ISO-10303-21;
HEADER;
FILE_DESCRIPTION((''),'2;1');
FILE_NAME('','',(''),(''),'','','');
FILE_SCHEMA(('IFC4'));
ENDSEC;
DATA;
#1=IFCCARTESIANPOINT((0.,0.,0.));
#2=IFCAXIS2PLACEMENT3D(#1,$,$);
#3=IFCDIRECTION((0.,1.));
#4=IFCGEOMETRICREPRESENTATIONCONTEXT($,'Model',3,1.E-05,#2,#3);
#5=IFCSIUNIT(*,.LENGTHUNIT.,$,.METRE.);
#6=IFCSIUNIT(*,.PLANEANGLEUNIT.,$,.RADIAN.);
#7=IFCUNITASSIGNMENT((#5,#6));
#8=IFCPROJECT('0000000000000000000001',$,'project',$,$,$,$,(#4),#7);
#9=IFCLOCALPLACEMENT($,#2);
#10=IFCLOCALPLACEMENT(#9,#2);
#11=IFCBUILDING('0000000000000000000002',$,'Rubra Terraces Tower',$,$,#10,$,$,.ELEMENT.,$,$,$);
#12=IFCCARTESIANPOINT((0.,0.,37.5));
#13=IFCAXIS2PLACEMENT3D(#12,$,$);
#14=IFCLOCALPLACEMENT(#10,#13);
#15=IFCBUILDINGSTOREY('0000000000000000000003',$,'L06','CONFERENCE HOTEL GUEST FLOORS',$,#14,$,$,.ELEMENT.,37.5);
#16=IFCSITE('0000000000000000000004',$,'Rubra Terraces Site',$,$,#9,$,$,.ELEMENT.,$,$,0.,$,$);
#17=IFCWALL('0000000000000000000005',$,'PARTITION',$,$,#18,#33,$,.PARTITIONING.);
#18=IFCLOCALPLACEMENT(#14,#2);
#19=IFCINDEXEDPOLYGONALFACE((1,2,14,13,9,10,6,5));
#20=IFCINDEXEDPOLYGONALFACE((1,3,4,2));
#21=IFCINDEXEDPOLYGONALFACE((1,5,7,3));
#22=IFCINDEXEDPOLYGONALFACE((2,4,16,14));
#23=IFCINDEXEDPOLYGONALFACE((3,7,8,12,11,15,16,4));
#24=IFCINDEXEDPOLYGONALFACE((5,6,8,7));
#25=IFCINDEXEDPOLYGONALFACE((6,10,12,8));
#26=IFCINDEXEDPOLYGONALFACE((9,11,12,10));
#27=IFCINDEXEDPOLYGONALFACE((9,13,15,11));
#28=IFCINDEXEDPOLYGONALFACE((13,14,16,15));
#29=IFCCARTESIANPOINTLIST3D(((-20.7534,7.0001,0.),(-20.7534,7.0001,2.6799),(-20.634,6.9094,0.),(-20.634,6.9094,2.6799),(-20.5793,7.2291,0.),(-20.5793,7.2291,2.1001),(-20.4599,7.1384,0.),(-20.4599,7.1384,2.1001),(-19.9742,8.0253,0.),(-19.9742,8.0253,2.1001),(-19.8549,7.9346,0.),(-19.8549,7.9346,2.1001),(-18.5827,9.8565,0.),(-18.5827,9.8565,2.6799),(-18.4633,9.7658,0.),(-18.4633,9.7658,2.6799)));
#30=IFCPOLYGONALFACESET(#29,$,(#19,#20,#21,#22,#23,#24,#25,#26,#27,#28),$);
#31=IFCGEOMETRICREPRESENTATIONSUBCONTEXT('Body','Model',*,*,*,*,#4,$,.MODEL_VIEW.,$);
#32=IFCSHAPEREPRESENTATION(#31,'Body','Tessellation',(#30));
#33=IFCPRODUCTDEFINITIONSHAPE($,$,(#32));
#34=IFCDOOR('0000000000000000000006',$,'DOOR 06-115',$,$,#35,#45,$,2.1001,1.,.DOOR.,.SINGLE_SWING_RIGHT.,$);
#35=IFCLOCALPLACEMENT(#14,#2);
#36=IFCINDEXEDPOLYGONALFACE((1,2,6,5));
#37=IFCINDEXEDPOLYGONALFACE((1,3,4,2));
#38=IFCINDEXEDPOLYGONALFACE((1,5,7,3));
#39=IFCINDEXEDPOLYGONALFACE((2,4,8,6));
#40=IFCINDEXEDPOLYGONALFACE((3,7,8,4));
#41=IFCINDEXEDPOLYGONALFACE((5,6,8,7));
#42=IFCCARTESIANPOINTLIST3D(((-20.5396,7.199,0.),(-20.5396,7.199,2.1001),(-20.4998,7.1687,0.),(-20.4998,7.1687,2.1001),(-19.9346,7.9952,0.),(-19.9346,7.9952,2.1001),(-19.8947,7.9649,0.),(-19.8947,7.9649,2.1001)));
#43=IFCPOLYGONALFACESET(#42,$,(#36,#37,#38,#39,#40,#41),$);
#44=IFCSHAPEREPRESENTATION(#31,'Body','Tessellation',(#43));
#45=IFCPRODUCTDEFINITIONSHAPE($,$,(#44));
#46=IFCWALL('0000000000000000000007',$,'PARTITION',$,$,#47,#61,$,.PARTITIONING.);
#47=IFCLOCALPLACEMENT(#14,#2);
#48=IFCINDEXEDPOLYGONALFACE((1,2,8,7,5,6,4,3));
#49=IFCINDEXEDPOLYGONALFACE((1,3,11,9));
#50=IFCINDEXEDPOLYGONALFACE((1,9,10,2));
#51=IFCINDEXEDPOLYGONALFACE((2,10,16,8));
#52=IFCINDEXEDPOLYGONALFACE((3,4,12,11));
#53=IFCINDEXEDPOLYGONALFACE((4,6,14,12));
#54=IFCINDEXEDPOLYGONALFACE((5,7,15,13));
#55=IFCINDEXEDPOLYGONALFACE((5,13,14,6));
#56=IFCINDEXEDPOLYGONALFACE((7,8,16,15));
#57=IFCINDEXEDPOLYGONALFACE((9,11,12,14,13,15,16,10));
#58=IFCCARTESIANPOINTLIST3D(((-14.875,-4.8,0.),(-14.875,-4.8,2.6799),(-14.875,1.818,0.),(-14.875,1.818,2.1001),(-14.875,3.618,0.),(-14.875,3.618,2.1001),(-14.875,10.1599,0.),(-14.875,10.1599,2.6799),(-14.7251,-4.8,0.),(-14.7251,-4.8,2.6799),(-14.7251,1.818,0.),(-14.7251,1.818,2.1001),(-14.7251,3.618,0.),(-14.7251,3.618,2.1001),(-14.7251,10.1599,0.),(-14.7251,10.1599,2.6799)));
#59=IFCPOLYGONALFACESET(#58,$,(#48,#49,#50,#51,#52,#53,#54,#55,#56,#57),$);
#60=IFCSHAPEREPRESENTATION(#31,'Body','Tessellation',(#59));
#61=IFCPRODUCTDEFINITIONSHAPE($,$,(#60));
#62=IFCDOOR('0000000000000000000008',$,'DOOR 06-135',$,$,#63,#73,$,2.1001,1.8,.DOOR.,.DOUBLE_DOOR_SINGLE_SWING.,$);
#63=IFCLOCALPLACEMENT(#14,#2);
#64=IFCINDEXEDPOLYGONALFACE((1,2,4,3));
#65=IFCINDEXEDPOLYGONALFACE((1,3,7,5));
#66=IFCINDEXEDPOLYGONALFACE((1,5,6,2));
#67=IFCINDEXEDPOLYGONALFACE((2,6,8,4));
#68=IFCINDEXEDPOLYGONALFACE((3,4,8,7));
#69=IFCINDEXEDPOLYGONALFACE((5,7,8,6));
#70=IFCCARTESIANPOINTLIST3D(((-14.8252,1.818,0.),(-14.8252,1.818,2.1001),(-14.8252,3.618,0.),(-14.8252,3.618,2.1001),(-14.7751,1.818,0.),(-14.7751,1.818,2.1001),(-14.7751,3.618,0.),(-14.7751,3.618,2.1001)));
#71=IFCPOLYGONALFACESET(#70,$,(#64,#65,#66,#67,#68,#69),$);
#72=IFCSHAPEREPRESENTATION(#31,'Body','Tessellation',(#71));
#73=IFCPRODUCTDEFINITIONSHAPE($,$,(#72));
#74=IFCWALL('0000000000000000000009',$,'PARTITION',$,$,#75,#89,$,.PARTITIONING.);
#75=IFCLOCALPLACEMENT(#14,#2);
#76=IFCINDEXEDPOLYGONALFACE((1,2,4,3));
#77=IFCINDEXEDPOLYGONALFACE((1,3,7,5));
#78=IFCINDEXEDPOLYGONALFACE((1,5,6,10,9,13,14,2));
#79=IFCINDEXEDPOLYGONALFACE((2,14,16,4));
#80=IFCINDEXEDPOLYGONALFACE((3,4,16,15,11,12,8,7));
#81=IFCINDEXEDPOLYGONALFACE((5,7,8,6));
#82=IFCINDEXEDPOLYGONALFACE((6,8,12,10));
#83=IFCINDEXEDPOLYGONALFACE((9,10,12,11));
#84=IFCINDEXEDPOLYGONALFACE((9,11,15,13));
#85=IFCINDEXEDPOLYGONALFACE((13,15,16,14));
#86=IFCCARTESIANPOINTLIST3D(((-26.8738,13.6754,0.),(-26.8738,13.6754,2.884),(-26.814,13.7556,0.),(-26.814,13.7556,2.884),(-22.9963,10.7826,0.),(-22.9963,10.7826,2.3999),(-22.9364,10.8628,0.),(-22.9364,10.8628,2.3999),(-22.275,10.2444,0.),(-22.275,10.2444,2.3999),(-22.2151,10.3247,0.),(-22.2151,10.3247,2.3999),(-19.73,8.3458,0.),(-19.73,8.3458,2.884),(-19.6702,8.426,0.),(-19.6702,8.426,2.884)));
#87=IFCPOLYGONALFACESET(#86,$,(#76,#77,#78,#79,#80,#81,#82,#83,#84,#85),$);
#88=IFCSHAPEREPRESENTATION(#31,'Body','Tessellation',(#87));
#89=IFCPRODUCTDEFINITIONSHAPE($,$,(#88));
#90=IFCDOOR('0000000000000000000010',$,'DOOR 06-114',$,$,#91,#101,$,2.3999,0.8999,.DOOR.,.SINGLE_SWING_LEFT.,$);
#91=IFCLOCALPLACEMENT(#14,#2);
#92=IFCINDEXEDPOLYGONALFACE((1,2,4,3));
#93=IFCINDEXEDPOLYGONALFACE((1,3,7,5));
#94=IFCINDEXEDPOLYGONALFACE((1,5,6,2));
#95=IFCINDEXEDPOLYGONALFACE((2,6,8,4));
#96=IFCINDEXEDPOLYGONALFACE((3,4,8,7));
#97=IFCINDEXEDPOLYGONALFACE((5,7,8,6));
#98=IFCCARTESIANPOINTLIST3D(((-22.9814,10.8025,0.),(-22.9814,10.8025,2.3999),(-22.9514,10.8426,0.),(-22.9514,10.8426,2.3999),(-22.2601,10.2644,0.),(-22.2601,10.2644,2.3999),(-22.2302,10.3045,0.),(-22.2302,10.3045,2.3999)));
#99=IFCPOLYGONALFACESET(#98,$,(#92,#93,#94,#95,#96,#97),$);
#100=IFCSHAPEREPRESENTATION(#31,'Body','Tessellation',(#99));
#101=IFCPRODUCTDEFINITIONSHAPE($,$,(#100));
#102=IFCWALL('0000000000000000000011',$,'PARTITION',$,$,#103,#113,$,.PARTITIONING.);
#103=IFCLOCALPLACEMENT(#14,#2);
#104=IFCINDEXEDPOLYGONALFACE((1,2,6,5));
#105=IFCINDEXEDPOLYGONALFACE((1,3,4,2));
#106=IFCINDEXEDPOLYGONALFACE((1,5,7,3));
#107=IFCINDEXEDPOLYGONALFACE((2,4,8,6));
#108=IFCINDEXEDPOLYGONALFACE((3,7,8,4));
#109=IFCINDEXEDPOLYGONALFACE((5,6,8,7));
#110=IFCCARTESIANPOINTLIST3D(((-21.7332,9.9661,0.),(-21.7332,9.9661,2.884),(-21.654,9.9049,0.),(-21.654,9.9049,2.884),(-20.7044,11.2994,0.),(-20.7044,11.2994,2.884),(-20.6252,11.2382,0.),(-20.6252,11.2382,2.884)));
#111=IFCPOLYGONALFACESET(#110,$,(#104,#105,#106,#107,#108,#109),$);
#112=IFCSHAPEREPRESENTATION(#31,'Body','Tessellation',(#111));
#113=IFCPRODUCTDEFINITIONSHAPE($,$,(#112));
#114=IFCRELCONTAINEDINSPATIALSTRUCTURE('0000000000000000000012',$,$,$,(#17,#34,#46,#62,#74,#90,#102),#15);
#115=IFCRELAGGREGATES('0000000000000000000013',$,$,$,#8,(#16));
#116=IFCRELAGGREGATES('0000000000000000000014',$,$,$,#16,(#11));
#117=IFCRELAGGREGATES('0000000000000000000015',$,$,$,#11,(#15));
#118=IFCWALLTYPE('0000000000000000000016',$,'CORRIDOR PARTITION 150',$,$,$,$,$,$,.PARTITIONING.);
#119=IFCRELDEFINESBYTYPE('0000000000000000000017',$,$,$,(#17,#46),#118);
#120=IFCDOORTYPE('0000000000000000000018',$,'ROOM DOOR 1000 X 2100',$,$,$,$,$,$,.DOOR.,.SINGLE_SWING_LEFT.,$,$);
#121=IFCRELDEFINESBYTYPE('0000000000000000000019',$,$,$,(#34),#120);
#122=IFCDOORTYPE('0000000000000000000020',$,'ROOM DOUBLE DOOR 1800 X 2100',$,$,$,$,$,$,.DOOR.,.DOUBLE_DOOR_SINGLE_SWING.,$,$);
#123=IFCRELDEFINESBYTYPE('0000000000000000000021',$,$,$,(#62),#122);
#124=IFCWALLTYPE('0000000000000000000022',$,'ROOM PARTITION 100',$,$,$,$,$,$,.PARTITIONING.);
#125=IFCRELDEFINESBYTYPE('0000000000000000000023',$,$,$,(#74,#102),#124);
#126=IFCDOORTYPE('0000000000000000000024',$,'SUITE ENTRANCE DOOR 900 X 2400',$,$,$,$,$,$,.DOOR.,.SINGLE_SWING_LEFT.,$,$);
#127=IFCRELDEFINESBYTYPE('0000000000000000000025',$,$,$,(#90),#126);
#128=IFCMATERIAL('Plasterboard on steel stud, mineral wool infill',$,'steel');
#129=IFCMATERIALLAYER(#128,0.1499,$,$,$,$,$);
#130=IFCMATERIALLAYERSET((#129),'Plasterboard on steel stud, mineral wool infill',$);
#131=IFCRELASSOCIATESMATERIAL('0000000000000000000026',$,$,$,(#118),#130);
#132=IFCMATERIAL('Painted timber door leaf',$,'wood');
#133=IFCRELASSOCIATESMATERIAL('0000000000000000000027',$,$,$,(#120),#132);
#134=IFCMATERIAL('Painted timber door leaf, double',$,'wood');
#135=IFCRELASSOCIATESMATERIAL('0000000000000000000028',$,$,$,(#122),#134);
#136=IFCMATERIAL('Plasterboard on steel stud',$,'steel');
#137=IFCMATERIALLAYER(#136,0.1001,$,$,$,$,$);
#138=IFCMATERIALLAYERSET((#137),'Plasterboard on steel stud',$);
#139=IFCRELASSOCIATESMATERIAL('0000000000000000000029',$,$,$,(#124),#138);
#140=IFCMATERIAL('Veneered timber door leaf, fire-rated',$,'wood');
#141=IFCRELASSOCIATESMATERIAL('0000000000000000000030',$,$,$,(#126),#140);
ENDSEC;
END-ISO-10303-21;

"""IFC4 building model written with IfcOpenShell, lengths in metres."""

from ifc_helpers import new_model, si_unit, direction, frame, frame_2d, origin, place, context, subcontext, project, spatial, rectangle, extrude, material, layer, layer_set, type_object, element, fill, save


model = new_model("IFC4")

# Units and contexts
model_context = context("Model", 3, precision=1e-05, world=origin(), true_north=direction((0.0, 1.0)))
body_context = subcontext(model_context, "Body", "Model", "MODEL_VIEW")
ifc_project = project(units=[si_unit("LENGTHUNIT", "METRE"), si_unit("PLANEANGLEUNIT", "RADIAN")], contexts=[model_context])

# Site, building, storey
site_placement = place(None, origin())
site = spatial("IfcSite", under=ifc_project, at=site_placement, Name="Rubra Terraces Site", CompositionType="ELEMENT", RefElevation=0.0)
building_placement = place(site_placement, origin())
building = spatial("IfcBuilding", under=site, at=building_placement, Name="Rubra Terraces Tower", CompositionType="ELEMENT")
storey_placement = place(building_placement, frame((0.0, 0.0, 37.5)))
storey = spatial("IfcBuildingStorey", under=building, at=storey_placement, Name="L06", Description="CONFERENCE HOTEL GUEST FLOORS", CompositionType="ELEMENT", Elevation=37.5)

# Shared definitions
ifc_material_1 = material(Name="Plasterboard on steel stud, mineral wool infill", Category="steel")
ifc_layer_1 = layer(ifc_material_1, 0.1499)
ifc_layer_set_1 = layer_set([ifc_layer_1], Name="Plasterboard on steel stud, mineral wool infill")
wall_type_1 = type_object("IfcWallType", Name="CORRIDOR PARTITION 150", PredefinedType="PARTITIONING", material=ifc_layer_set_1)

# Walls, openings, doors
wall_1_placement = place(storey_placement, frame((-18.5229, 9.8113, 0.0), z_axis=(0.0, 0.0, 1.0), x_axis=(-0.60504, -0.796195, 0.0)))
wall_1 = element("IfcWall", 1, at=wall_1_placement, inside=storey, type_object=wall_type_1, Name="PARTITION", PredefinedType="PARTITIONING", context=body_context, shape_type="SweptSolid", body=[
    extrude(rectangle(XDim=3.5876, YDim=0.1499, at=frame_2d((1.7939, 0.0))), origin(), (0.0, 0.0, 1.0), 2.6799),
])
opening_1_placement = place(wall_1_placement, frame((2.3, 0.0, 0.0)))
opening_1 = element("IfcOpeningElement", 2, at=opening_1_placement, cuts=wall_1, PredefinedType="OPENING", context=body_context, shape_type="SweptSolid", body=[
    extrude(rectangle(XDim=1.0, YDim=2.1001, at=frame_2d((0.5, 1.05))), frame((0.0, 0.085, 0.0), z_axis=(0.0, -1.0, 0.0), x_axis=(1.0, 0.0, 0.0)), (0.0, 0.0, 1.0), 0.1699),
])
ifc_material_2 = material(Name="Painted timber door leaf", Category="wood")
door_type_1 = type_object("IfcDoorType", Name="ROOM DOOR 1000 X 2100", OperationType="SINGLE_SWING_LEFT", PredefinedType="DOOR", material=ifc_material_2)
door_1_placement = place(opening_1_placement, origin())
door_1 = element("IfcDoor", 3, at=door_1_placement, inside=storey, type_object=door_type_1, Name="DOOR 06-115", OperationType="SINGLE_SWING_RIGHT", OverallHeight=2.1001, OverallWidth=1.0, PredefinedType="DOOR", context=body_context, shape_type="SweptSolid", body=[
    extrude(rectangle(XDim=1.0, YDim=2.1001, at=frame_2d((0.5, 1.05))), frame((0.0, 0.0249, 0.0), z_axis=(0.0, -1.0, 0.0), x_axis=(1.0, 0.0, 0.0)), (0.0, 0.0, 1.0), 0.05),
])
fill(opening_1, door_1)
wall_2_placement = place(storey_placement, frame((-14.8, 10.1599, 0.0), z_axis=(0.0, 0.0, 1.0), x_axis=(0.0, -1.0, 0.0)))
wall_2 = element("IfcWall", 4, at=wall_2_placement, inside=storey, type_object=wall_type_1, Name="PARTITION", PredefinedType="PARTITIONING", context=body_context, shape_type="SweptSolid", body=[
    extrude(rectangle(XDim=14.96, YDim=0.1499, at=frame_2d((7.48, 0.0))), origin(), (0.0, 0.0, 1.0), 2.6799),
])
opening_2_placement = place(wall_2_placement, frame((6.542, 0.0, 0.0)))
opening_2 = element("IfcOpeningElement", 5, at=opening_2_placement, cuts=wall_2, PredefinedType="OPENING", context=body_context, shape_type="SweptSolid", body=[
    extrude(rectangle(XDim=1.8, YDim=2.1001, at=frame_2d((0.8999, 1.05))), frame((0.0, 0.085, 0.0), z_axis=(0.0, -1.0, 0.0), x_axis=(1.0, 0.0, 0.0)), (0.0, 0.0, 1.0), 0.1699),
])
ifc_material_3 = material(Name="Painted timber door leaf, double", Category="wood")
door_type_2 = type_object("IfcDoorType", Name="ROOM DOUBLE DOOR 1800 X 2100", OperationType="DOUBLE_DOOR_SINGLE_SWING", PredefinedType="DOOR", material=ifc_material_3)
door_2_placement = place(opening_2_placement, origin())
door_2 = element("IfcDoor", 6, at=door_2_placement, inside=storey, type_object=door_type_2, Name="DOOR 06-135", OperationType="DOUBLE_DOOR_SINGLE_SWING", OverallHeight=2.1001, OverallWidth=1.8, PredefinedType="DOOR", context=body_context, shape_type="SweptSolid", body=[
    extrude(rectangle(XDim=1.8, YDim=2.1001, at=frame_2d((0.8999, 1.05))), frame((0.0, 0.0249, 0.0), z_axis=(0.0, -1.0, 0.0), x_axis=(1.0, 0.0, 0.0)), (0.0, 0.0, 1.0), 0.05),
])
fill(opening_2, door_2)
ifc_material_4 = material(Name="Plasterboard on steel stud", Category="steel")
ifc_layer_2 = layer(ifc_material_4, 0.1001)
ifc_layer_set_2 = layer_set([ifc_layer_2], Name="Plasterboard on steel stud")
wall_type_2 = type_object("IfcWallType", Name="ROOM PARTITION 100", PredefinedType="PARTITIONING", material=ifc_layer_set_2)
wall_3_placement = place(storey_placement, frame((-26.844, 13.7156, 0.0), z_axis=(0.0, 0.0, 1.0), x_axis=(0.801519, -0.597969, 0.0)))
wall_3 = element("IfcWall", 7, at=wall_3_placement, inside=storey, type_object=wall_type_2, Name="PARTITION", PredefinedType="PARTITIONING", context=body_context, shape_type="SweptSolid", body=[
    extrude(rectangle(XDim=8.9128, YDim=0.1001, at=frame_2d((4.4565, 0.0))), origin(), (0.0, 0.0, 1.0), 2.884),
])
opening_3_placement = place(wall_3_placement, frame((4.8379, 0.0, 0.0)))
opening_3 = element("IfcOpeningElement", 8, at=opening_3_placement, cuts=wall_3, PredefinedType="OPENING", context=body_context, shape_type="SweptSolid", body=[
    extrude(rectangle(XDim=0.8999, YDim=2.3999, at=frame_2d((0.45, 1.2))), frame((0.0, 0.0601, 0.0), z_axis=(0.0, -1.0, 0.0), x_axis=(1.0, 0.0, 0.0)), (0.0, 0.0, 1.0), 0.1201),
])
ifc_material_5 = material(Name="Veneered timber door leaf, fire-rated", Category="wood")
door_type_3 = type_object("IfcDoorType", Name="SUITE ENTRANCE DOOR 900 X 2400", OperationType="SINGLE_SWING_LEFT", PredefinedType="DOOR", material=ifc_material_5)
door_3_placement = place(opening_3_placement, origin())
door_3 = element("IfcDoor", 9, at=door_3_placement, inside=storey, type_object=door_type_3, Name="DOOR 06-114", OperationType="SINGLE_SWING_LEFT", OverallHeight=2.3999, OverallWidth=0.8999, PredefinedType="DOOR", context=body_context, shape_type="SweptSolid", body=[
    extrude(rectangle(XDim=0.8999, YDim=2.3999, at=frame_2d((0.45, 1.2))), frame((0.0, 0.0249, 0.0), z_axis=(0.0, -1.0, 0.0), x_axis=(1.0, 0.0, 0.0)), (0.0, 0.0, 1.0), 0.05),
])
fill(opening_3, door_3)

# Wall
wall_4_placement = place(storey_placement, frame((-20.6648, 11.2688, 0.0), z_axis=(0.0, 0.0, 1.0), x_axis=(-0.610915, -0.791696, 0.0)))
element("IfcWall", 10, at=wall_4_placement, inside=storey, type_object=wall_type_2, Name="PARTITION", PredefinedType="PARTITIONING", context=body_context, shape_type="SweptSolid", body=[
    extrude(rectangle(XDim=1.6841, YDim=0.1001, at=frame_2d((0.842, 0.0))), origin(), (0.0, 0.0, 1.0), 2.884),
])

save(model, "model.ifc")
